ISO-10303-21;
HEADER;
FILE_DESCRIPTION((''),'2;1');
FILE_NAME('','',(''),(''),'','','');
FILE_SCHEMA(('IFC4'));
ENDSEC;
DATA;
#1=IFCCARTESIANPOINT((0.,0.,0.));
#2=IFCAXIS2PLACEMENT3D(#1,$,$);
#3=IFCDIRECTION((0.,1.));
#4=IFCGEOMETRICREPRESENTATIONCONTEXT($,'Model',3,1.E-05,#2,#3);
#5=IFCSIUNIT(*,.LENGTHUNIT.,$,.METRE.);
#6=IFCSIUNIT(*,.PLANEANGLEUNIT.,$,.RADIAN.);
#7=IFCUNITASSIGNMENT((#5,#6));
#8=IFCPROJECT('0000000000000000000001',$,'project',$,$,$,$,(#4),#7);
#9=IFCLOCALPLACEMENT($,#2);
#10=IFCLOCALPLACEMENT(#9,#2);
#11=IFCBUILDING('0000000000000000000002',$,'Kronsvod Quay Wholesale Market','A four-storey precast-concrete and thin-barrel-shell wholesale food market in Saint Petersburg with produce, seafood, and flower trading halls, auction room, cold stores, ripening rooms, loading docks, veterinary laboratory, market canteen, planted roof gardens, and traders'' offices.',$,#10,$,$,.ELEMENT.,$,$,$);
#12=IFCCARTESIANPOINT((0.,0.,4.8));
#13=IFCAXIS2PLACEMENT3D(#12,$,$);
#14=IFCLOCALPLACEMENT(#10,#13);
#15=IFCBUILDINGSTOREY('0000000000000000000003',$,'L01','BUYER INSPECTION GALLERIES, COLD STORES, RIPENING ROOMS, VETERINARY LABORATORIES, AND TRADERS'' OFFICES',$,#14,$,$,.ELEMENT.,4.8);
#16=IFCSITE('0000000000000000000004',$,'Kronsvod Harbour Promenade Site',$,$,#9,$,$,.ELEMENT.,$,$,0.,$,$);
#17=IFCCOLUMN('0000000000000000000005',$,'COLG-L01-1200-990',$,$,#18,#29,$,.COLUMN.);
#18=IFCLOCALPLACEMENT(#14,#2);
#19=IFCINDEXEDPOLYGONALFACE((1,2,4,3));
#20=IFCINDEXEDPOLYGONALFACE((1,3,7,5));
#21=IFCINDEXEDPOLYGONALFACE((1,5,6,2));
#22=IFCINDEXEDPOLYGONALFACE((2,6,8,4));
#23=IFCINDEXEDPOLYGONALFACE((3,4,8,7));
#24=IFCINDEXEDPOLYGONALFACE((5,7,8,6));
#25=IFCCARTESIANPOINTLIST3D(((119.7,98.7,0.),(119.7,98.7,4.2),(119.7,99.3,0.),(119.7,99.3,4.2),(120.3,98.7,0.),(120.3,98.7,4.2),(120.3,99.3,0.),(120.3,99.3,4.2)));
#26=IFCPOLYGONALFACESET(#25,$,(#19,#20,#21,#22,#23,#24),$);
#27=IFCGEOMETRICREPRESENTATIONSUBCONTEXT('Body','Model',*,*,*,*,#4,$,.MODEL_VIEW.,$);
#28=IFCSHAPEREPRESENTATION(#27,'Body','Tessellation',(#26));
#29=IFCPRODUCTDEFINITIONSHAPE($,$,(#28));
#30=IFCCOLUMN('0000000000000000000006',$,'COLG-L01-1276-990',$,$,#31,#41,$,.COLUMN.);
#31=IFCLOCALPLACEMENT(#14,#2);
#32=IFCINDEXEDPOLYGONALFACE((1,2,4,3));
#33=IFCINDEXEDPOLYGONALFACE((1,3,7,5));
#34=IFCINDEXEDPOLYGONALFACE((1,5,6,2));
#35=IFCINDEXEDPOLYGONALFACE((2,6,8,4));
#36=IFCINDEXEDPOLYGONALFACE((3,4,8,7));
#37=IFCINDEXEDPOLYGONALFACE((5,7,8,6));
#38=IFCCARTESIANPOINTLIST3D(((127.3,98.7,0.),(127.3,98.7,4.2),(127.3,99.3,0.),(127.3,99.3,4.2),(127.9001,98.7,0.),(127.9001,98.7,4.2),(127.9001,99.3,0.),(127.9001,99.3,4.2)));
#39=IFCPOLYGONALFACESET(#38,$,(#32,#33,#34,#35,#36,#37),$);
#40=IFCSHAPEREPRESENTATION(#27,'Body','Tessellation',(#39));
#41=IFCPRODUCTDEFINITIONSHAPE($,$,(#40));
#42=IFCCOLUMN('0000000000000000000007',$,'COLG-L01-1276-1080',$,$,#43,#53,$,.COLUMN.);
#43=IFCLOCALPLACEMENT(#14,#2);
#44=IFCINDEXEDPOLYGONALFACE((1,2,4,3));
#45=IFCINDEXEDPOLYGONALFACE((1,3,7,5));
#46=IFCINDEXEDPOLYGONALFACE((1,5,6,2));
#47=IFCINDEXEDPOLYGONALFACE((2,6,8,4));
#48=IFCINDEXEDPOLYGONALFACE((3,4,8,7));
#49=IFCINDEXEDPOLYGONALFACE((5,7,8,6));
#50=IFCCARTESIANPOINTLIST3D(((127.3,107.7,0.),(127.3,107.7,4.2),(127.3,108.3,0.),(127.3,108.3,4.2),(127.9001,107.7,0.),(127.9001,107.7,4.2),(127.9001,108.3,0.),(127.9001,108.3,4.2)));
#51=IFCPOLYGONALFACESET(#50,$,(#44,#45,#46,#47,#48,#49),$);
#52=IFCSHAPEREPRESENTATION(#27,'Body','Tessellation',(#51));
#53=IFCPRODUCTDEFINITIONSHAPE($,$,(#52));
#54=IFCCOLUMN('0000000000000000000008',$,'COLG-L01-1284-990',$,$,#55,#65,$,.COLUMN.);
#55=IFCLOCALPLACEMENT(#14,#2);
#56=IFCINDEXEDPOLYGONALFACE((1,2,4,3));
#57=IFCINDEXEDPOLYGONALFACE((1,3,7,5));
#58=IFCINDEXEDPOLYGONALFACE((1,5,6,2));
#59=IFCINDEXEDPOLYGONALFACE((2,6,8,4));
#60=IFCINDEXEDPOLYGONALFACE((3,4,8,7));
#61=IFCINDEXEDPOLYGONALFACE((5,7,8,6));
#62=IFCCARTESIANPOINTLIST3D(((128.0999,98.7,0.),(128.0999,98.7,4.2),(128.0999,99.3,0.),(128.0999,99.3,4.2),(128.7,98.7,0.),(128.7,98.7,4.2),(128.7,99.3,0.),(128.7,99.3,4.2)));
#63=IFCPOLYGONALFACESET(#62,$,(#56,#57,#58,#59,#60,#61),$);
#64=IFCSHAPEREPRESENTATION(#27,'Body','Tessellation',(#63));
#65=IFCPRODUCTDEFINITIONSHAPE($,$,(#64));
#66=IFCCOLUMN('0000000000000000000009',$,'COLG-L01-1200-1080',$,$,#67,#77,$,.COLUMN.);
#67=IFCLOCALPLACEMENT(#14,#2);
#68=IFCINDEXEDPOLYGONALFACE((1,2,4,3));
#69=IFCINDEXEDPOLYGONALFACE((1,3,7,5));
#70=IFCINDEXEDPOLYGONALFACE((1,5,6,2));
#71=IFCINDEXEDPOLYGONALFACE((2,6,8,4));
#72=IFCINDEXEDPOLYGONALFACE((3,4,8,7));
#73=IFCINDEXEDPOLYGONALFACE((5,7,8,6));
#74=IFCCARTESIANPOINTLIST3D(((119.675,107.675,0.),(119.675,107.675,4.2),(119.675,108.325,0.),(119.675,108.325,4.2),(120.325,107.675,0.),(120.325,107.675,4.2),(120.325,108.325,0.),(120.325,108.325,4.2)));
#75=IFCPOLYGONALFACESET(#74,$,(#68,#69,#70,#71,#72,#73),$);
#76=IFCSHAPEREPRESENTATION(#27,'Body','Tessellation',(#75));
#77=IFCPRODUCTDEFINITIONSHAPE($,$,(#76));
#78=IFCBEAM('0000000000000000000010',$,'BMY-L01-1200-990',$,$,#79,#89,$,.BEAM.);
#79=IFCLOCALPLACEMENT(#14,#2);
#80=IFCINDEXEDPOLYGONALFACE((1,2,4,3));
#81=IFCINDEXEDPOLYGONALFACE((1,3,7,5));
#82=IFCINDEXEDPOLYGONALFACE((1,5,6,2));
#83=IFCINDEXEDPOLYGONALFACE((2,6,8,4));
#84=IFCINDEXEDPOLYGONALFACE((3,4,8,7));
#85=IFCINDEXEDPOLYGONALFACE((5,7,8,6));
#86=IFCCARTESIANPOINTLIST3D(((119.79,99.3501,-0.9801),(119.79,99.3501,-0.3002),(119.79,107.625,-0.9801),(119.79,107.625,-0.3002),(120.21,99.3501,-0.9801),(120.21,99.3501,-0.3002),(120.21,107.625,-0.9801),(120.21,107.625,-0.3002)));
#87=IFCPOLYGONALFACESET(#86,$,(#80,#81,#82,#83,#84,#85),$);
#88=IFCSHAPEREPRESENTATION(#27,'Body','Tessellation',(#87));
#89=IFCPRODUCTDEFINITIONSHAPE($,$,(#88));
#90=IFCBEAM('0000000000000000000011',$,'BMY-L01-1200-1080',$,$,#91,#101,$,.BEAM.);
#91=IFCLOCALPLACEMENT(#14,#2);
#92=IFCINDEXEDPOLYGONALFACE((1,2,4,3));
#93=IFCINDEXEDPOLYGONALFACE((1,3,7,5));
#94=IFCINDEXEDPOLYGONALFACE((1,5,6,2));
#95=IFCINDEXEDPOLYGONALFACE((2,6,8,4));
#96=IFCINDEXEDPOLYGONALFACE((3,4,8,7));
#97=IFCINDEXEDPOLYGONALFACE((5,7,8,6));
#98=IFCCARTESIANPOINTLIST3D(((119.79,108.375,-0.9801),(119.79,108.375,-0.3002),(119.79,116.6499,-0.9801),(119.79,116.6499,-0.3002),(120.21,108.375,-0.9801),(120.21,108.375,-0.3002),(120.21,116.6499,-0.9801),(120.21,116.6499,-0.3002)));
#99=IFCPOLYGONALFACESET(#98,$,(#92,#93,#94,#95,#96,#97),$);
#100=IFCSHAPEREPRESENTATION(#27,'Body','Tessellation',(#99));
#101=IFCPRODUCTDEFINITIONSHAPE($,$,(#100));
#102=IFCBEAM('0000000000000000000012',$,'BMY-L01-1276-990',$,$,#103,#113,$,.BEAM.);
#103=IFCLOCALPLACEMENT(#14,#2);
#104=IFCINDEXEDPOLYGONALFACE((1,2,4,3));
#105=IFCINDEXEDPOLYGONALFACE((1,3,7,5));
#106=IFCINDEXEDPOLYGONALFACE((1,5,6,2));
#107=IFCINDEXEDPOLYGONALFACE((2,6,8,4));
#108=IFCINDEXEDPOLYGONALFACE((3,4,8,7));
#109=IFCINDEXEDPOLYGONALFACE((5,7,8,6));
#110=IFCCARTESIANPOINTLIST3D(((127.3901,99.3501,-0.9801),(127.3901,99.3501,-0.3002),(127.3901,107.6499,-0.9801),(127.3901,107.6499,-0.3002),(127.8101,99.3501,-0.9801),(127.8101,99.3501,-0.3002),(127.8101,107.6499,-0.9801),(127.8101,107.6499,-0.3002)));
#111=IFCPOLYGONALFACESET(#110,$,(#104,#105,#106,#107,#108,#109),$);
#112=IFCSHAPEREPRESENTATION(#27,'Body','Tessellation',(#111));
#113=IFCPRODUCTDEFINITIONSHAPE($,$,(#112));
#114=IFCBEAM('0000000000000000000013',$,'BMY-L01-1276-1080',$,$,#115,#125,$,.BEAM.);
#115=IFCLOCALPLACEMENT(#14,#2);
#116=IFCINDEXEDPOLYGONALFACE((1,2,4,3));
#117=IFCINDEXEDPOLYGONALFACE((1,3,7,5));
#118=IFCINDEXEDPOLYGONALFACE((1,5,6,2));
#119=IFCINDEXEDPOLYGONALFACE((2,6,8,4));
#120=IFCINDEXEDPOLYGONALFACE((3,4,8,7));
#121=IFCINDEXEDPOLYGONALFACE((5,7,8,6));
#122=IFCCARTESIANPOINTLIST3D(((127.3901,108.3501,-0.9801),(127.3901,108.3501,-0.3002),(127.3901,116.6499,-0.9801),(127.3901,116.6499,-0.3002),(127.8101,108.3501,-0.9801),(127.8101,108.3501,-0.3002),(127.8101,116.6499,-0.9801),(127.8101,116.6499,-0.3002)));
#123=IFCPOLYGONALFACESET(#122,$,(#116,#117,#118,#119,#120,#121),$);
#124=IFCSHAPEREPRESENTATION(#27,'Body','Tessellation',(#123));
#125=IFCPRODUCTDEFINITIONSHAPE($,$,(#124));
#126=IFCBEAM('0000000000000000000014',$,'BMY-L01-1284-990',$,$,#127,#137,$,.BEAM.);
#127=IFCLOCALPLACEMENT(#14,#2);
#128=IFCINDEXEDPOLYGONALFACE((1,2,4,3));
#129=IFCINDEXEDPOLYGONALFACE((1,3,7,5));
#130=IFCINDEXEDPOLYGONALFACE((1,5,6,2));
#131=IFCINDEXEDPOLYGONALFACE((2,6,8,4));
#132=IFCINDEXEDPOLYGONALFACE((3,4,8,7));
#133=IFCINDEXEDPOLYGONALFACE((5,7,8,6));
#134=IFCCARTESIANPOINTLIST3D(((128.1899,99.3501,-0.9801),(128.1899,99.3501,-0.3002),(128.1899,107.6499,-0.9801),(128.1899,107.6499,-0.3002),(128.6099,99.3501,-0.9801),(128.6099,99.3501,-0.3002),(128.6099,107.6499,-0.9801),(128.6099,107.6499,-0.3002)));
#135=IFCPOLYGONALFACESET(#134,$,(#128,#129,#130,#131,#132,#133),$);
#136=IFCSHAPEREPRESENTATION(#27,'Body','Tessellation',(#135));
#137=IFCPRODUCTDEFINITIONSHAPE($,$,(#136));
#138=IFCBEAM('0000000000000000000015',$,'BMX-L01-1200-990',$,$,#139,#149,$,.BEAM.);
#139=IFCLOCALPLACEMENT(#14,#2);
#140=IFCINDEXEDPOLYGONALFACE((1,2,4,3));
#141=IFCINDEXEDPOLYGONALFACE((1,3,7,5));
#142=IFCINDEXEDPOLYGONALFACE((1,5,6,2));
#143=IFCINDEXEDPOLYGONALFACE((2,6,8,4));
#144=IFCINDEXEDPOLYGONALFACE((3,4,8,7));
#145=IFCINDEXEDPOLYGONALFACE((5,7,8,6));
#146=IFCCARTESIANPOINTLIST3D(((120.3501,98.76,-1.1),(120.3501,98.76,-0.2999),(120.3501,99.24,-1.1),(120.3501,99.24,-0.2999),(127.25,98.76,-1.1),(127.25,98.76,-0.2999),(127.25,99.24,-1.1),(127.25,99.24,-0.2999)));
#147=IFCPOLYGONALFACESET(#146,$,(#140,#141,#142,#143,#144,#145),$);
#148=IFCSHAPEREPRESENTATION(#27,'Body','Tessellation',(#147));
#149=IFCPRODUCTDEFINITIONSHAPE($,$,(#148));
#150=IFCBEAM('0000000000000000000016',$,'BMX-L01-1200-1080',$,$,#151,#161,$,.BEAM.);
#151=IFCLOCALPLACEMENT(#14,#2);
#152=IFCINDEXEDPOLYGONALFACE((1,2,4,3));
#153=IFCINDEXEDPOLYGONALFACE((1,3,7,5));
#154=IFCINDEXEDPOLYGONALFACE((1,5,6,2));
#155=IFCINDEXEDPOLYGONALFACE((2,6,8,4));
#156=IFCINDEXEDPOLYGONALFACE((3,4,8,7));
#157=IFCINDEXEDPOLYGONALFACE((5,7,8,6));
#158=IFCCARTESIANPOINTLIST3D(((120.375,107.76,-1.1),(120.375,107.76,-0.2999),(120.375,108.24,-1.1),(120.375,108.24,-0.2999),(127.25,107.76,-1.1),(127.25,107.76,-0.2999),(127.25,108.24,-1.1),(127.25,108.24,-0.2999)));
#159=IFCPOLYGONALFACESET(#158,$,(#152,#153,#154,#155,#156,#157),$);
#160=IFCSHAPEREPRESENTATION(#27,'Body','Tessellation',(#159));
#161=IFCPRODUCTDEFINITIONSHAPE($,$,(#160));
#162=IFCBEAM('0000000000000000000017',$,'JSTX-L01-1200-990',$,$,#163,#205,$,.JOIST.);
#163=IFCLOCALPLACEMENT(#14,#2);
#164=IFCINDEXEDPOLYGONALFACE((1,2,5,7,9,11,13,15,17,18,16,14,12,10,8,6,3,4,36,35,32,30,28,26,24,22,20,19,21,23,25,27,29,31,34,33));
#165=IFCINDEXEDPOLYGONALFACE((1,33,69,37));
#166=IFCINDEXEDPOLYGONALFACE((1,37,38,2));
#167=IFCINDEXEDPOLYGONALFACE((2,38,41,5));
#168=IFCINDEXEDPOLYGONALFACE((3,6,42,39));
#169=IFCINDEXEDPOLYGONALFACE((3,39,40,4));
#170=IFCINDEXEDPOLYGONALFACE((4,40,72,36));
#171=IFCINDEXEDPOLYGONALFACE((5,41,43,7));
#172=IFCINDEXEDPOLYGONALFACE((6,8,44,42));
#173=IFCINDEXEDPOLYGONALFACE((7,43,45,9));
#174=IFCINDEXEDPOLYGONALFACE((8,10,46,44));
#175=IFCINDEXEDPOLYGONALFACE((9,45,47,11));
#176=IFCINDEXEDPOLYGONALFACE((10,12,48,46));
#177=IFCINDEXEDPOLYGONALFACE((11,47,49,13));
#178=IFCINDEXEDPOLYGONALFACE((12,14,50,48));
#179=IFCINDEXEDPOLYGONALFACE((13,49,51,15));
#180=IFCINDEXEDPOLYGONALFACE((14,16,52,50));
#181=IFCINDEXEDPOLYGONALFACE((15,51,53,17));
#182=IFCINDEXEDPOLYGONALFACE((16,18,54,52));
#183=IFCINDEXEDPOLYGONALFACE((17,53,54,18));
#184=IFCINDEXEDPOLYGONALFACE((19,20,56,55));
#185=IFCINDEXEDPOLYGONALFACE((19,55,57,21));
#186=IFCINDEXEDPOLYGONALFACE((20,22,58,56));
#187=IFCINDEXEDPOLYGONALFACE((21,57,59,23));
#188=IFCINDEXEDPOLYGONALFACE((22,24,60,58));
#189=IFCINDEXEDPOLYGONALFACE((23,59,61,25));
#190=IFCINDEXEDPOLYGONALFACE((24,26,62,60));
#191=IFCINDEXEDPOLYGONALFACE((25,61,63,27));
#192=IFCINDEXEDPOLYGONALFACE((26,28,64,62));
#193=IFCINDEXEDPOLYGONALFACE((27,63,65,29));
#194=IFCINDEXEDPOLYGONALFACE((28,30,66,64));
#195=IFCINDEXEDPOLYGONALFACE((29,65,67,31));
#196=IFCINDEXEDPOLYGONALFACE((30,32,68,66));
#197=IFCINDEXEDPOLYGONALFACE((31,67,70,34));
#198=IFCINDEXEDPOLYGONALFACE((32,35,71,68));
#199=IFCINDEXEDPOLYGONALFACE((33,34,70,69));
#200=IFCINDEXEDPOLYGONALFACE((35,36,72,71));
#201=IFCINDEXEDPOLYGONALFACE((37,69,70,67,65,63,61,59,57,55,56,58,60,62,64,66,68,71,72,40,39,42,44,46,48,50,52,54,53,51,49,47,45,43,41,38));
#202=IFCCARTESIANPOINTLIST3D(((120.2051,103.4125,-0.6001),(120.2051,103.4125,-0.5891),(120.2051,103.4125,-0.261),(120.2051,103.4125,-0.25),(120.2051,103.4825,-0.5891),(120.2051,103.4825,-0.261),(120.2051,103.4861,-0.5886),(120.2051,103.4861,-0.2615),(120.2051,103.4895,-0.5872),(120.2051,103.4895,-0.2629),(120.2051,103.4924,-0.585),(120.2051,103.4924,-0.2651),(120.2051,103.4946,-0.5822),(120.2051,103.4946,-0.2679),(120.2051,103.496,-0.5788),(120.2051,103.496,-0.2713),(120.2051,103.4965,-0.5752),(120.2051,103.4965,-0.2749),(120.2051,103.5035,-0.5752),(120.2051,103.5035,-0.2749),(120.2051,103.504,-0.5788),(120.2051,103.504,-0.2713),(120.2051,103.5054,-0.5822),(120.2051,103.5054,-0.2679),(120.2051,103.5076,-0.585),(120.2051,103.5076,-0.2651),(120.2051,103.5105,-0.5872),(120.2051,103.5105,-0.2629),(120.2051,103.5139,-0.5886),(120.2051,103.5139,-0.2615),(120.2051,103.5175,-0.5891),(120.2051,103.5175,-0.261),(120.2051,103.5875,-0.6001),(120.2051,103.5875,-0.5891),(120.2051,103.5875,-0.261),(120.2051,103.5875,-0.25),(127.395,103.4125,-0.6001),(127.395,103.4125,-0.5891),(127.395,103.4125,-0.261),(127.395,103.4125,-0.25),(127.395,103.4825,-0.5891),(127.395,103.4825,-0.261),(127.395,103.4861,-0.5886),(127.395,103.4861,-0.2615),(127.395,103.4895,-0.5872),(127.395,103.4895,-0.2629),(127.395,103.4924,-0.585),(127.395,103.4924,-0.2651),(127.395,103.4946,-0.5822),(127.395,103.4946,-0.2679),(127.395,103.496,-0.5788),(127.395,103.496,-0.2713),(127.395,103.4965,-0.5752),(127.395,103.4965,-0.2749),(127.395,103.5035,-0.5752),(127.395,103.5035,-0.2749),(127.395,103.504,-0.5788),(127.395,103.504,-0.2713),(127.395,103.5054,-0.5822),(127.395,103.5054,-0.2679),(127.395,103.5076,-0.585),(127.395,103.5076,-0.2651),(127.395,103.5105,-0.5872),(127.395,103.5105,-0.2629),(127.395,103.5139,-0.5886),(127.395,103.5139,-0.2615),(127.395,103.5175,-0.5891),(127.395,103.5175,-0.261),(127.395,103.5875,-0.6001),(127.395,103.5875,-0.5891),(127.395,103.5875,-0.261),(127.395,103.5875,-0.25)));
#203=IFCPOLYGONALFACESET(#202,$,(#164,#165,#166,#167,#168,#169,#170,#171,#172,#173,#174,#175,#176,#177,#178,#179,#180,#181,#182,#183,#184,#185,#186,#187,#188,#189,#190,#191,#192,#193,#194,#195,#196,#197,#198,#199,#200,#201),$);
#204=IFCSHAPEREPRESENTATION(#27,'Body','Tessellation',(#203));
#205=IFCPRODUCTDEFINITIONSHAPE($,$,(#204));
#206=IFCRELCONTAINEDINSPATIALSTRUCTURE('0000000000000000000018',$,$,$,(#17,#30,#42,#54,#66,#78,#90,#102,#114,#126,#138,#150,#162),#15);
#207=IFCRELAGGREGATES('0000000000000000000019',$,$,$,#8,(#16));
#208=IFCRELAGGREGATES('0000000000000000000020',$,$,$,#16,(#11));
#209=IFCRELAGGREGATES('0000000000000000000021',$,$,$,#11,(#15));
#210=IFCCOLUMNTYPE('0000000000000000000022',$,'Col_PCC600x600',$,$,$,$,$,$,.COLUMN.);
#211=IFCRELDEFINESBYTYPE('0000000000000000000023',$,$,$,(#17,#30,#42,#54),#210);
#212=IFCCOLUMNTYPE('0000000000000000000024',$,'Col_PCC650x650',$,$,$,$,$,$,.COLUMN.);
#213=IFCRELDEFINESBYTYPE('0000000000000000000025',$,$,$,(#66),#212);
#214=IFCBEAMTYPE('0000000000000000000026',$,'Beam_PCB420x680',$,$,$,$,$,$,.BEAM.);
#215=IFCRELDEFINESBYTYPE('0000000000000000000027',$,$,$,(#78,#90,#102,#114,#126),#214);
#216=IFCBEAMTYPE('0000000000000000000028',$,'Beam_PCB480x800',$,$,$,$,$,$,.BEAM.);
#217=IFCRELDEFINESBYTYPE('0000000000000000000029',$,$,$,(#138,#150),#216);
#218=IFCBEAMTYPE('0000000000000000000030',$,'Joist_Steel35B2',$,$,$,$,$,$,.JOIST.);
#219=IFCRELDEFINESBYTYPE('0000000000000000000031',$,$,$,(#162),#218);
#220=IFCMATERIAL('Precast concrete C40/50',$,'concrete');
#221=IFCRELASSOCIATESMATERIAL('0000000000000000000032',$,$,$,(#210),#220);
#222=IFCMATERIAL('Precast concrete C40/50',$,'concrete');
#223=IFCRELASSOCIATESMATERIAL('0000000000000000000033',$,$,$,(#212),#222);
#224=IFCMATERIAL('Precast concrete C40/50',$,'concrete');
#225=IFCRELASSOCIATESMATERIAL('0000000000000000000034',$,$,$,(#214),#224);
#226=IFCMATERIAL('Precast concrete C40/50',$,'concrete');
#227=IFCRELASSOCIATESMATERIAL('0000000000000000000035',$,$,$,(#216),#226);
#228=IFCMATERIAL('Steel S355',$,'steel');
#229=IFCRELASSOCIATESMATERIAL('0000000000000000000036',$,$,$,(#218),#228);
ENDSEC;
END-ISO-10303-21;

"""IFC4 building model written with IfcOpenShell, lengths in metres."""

from ifc_helpers import new_model, si_unit, direction, frame, origin, origin_2d, place, context, subcontext, project, spatial, rectangle, i_section, extrude, material, material_profile, profile_set, type_object, element, save


model = new_model("IFC4")

# Units and contexts
model_context = context("Model", 3, precision=1e-05, world=origin(), true_north=direction((0.0, 1.0)))
body_context = subcontext(model_context, "Body", "Model", "MODEL_VIEW")
ifc_project = project(units=[si_unit("LENGTHUNIT", "METRE"), si_unit("PLANEANGLEUNIT", "RADIAN")], contexts=[model_context])

# Site, building, storey
site_placement = place(None, origin())
site = spatial("IfcSite", under=ifc_project, at=site_placement, Name="Kronsvod Harbour Promenade Site", CompositionType="ELEMENT", RefElevation=0.0)
building_placement = place(site_placement, origin())
building = spatial("IfcBuilding", under=site, at=building_placement, Name="Kronsvod Quay Wholesale Market", Description="A four-storey precast-concrete and thin-barrel-shell wholesale food market in Saint Petersburg with produce, seafood, and flower trading halls, auction room, cold stores, ripening rooms, loading docks, veterinary laboratory, market canteen, planted roof gardens, and traders' offices.", CompositionType="ELEMENT")
storey_placement = place(building_placement, frame((0.0, 0.0, 4.8)))
storey = spatial("IfcBuildingStorey", under=building, at=storey_placement, Name="L01", Description="BUYER INSPECTION GALLERIES, COLD STORES, RIPENING ROOMS, VETERINARY LABORATORIES, AND TRADERS' OFFICES", CompositionType="ELEMENT", Elevation=4.8)

# Columns
ifc_material_1 = material(Name="Precast concrete C40/50", Category="concrete")
ifc_material_profile_1 = material_profile(ifc_material_1, rectangle(XDim=0.6001, YDim=0.6001, at=origin_2d()), Name="PCC600x600")
ifc_profile_set_1 = profile_set([ifc_material_profile_1], Name="Precast concrete C40/50")
column_type_1 = type_object("IfcColumnType", Name="Col_PCC600x600", PredefinedType="COLUMN", material=ifc_profile_set_1)
for number, where, z_axis, x_axis, name in (
    (1, (120.0, 99.0, 0.0), (0.0, 0.0, 1.0), (1.0, 0.0, 0.0), "COLG-L01-1200-990"),
    (2, (127.6001, 99.0, 0.0), (0.0, 0.0, 1.0), (1.0, 0.0, 0.0), "COLG-L01-1276-990"),
    (3, (127.6001, 108.0, 0.0), (0.0, 0.0, 1.0), (1.0, 0.0, 0.0), "COLG-L01-1276-1080"),
    (4, (128.3999, 99.0, 0.0), (0.0, 0.0, 1.0), (1.0, 0.0, 0.0), "COLG-L01-1284-990"),
):
    element("IfcColumn", number, at=place(storey_placement, frame(where, z_axis=z_axis, x_axis=x_axis)), inside=storey, type_object=column_type_1, Name=name, PredefinedType="COLUMN", context=body_context, shape_type="SweptSolid", body=[
        extrude(rectangle(XDim=0.6001, YDim=0.6001, at=origin_2d()), origin(), (0.0, 0.0, 1.0), 4.2),
    ])
ifc_material_2 = material(Name="Precast concrete C40/50", Category="concrete")
ifc_material_profile_2 = material_profile(ifc_material_2, rectangle(XDim=0.6499, YDim=0.6499, at=origin_2d()), Name="COL-08")
ifc_profile_set_2 = profile_set([ifc_material_profile_2], Name="Precast concrete C40/50")
column_type_2 = type_object("IfcColumnType", Name="Col_PCC650x650", PredefinedType="COLUMN", material=ifc_profile_set_2)
column_placement = place(storey_placement, frame((120.0, 108.0, 0.0), z_axis=(0.0, 0.0, 1.0), x_axis=(1.0, 0.0, 0.0)))
element("IfcColumn", 5, at=column_placement, inside=storey, type_object=column_type_2, Name="COLG-L01-1200-1080", PredefinedType="COLUMN", context=body_context, shape_type="SweptSolid", body=[
    extrude(rectangle(XDim=0.6499, YDim=0.6499, at=origin_2d()), origin(), (0.0, 0.0, 1.0), 4.2),
])

# Beams
ifc_material_3 = material(Name="Precast concrete C40/50", Category="concrete")
ifc_material_profile_3 = material_profile(ifc_material_3, rectangle(XDim=0.4199, YDim=0.6799, at=origin_2d()), Name="PB-05")
ifc_profile_set_3 = profile_set([ifc_material_profile_3], Name="Precast concrete C40/50")
beam_type_1 = type_object("IfcBeamType", Name="Beam_PCB420x680", PredefinedType="BEAM", material=ifc_profile_set_3)
for number, where, z_axis, x_axis, name in (
    (6, (120.0, 99.3501, -0.6401), (0.0, 1.0, 0.0), (-1.0, 0.0, 0.0), "BMY-L01-1200-990"),
    (7, (120.0, 108.375, -0.6401), (0.0, 1.0, 0.0), (-1.0, 0.0, 0.0), "BMY-L01-1200-1080"),
):
    element("IfcBeam", number, at=place(storey_placement, frame(where, z_axis=z_axis, x_axis=x_axis)), inside=storey, type_object=beam_type_1, Name=name, PredefinedType="BEAM", context=body_context, shape_type="SweptSolid", body=[
        extrude(rectangle(XDim=0.4199, YDim=0.6799, at=origin_2d()), origin(), (0.0, 0.0, 1.0), 8.2749),
    ])
for number, where, z_axis, x_axis, name in (
    (8, (127.6001, 99.3501, -0.6401), (0.0, 1.0, 0.0), (-1.0, 0.0, 0.0), "BMY-L01-1276-990"),
    (9, (127.6001, 108.3501, -0.6401), (0.0, 1.0, 0.0), (-1.0, 0.0, 0.0), "BMY-L01-1276-1080"),
    (10, (128.3999, 99.3501, -0.6401), (0.0, 1.0, 0.0), (-1.0, 0.0, 0.0), "BMY-L01-1284-990"),
):
    element("IfcBeam", number, at=place(storey_placement, frame(where, z_axis=z_axis, x_axis=x_axis)), inside=storey, type_object=beam_type_1, Name=name, PredefinedType="BEAM", context=body_context, shape_type="SweptSolid", body=[
        extrude(rectangle(XDim=0.4199, YDim=0.6799, at=origin_2d()), origin(), (0.0, 0.0, 1.0), 8.2998),
    ])
ifc_material_4 = material(Name="Precast concrete C40/50", Category="concrete")
ifc_material_profile_4 = material_profile(ifc_material_4, rectangle(XDim=0.48, YDim=0.8, at=origin_2d()), Name="PB-04")
ifc_profile_set_4 = profile_set([ifc_material_profile_4], Name="Precast concrete C40/50")
beam_type_2 = type_object("IfcBeamType", Name="Beam_PCB480x800", PredefinedType="BEAM", material=ifc_profile_set_4)
beam_1_placement = place(storey_placement, frame((120.3501, 99.0, -0.7), z_axis=(1.0, 0.0, 0.0), x_axis=(0.0, 1.0, 0.0)))
element("IfcBeam", 11, at=beam_1_placement, inside=storey, type_object=beam_type_2, Name="BMX-L01-1200-990", PredefinedType="BEAM", context=body_context, shape_type="SweptSolid", body=[
    extrude(rectangle(XDim=0.48, YDim=0.8, at=origin_2d()), origin(), (0.0, 0.0, 1.0), 6.8999),
])
beam_2_placement = place(storey_placement, frame((120.375, 108.0, -0.7), z_axis=(1.0, 0.0, 0.0), x_axis=(0.0, 1.0, 0.0)))
element("IfcBeam", 12, at=beam_2_placement, inside=storey, type_object=beam_type_2, Name="BMX-L01-1200-1080", PredefinedType="BEAM", context=body_context, shape_type="SweptSolid", body=[
    extrude(rectangle(XDim=0.48, YDim=0.8, at=origin_2d()), origin(), (0.0, 0.0, 1.0), 6.875),
])
ifc_material_5 = material(Name="Steel S355", Category="steel")
ifc_material_profile_5 = material_profile(ifc_material_5, i_section(OverallWidth=0.175, OverallDepth=0.3501, WebThickness=0.0071, FlangeThickness=0.011, FilletRadius=0.0139, at=origin_2d()), Name="35B2")
ifc_profile_set_5 = profile_set([ifc_material_profile_5], Name="Steel S355")
beam_type_3 = type_object("IfcBeamType", Name="Joist_Steel35B2", PredefinedType="JOIST", material=ifc_profile_set_5)
beam_3_placement = place(storey_placement, frame((120.2051, 103.5, -0.425), z_axis=(1.0, 0.0, 0.0), x_axis=(0.0, 1.0, 0.0)))
element("IfcBeam", 13, at=beam_3_placement, inside=storey, type_object=beam_type_3, Name="JSTX-L01-1200-990", PredefinedType="JOIST", context=body_context, shape_type="SweptSolid", body=[
    extrude(i_section(OverallWidth=0.175, OverallDepth=0.3501, WebThickness=0.0071, FlangeThickness=0.011, FilletRadius=0.0139, at=origin_2d()), origin(), (0.0, 0.0, 1.0), 7.1899),
])

save(model, "model.ifc")
